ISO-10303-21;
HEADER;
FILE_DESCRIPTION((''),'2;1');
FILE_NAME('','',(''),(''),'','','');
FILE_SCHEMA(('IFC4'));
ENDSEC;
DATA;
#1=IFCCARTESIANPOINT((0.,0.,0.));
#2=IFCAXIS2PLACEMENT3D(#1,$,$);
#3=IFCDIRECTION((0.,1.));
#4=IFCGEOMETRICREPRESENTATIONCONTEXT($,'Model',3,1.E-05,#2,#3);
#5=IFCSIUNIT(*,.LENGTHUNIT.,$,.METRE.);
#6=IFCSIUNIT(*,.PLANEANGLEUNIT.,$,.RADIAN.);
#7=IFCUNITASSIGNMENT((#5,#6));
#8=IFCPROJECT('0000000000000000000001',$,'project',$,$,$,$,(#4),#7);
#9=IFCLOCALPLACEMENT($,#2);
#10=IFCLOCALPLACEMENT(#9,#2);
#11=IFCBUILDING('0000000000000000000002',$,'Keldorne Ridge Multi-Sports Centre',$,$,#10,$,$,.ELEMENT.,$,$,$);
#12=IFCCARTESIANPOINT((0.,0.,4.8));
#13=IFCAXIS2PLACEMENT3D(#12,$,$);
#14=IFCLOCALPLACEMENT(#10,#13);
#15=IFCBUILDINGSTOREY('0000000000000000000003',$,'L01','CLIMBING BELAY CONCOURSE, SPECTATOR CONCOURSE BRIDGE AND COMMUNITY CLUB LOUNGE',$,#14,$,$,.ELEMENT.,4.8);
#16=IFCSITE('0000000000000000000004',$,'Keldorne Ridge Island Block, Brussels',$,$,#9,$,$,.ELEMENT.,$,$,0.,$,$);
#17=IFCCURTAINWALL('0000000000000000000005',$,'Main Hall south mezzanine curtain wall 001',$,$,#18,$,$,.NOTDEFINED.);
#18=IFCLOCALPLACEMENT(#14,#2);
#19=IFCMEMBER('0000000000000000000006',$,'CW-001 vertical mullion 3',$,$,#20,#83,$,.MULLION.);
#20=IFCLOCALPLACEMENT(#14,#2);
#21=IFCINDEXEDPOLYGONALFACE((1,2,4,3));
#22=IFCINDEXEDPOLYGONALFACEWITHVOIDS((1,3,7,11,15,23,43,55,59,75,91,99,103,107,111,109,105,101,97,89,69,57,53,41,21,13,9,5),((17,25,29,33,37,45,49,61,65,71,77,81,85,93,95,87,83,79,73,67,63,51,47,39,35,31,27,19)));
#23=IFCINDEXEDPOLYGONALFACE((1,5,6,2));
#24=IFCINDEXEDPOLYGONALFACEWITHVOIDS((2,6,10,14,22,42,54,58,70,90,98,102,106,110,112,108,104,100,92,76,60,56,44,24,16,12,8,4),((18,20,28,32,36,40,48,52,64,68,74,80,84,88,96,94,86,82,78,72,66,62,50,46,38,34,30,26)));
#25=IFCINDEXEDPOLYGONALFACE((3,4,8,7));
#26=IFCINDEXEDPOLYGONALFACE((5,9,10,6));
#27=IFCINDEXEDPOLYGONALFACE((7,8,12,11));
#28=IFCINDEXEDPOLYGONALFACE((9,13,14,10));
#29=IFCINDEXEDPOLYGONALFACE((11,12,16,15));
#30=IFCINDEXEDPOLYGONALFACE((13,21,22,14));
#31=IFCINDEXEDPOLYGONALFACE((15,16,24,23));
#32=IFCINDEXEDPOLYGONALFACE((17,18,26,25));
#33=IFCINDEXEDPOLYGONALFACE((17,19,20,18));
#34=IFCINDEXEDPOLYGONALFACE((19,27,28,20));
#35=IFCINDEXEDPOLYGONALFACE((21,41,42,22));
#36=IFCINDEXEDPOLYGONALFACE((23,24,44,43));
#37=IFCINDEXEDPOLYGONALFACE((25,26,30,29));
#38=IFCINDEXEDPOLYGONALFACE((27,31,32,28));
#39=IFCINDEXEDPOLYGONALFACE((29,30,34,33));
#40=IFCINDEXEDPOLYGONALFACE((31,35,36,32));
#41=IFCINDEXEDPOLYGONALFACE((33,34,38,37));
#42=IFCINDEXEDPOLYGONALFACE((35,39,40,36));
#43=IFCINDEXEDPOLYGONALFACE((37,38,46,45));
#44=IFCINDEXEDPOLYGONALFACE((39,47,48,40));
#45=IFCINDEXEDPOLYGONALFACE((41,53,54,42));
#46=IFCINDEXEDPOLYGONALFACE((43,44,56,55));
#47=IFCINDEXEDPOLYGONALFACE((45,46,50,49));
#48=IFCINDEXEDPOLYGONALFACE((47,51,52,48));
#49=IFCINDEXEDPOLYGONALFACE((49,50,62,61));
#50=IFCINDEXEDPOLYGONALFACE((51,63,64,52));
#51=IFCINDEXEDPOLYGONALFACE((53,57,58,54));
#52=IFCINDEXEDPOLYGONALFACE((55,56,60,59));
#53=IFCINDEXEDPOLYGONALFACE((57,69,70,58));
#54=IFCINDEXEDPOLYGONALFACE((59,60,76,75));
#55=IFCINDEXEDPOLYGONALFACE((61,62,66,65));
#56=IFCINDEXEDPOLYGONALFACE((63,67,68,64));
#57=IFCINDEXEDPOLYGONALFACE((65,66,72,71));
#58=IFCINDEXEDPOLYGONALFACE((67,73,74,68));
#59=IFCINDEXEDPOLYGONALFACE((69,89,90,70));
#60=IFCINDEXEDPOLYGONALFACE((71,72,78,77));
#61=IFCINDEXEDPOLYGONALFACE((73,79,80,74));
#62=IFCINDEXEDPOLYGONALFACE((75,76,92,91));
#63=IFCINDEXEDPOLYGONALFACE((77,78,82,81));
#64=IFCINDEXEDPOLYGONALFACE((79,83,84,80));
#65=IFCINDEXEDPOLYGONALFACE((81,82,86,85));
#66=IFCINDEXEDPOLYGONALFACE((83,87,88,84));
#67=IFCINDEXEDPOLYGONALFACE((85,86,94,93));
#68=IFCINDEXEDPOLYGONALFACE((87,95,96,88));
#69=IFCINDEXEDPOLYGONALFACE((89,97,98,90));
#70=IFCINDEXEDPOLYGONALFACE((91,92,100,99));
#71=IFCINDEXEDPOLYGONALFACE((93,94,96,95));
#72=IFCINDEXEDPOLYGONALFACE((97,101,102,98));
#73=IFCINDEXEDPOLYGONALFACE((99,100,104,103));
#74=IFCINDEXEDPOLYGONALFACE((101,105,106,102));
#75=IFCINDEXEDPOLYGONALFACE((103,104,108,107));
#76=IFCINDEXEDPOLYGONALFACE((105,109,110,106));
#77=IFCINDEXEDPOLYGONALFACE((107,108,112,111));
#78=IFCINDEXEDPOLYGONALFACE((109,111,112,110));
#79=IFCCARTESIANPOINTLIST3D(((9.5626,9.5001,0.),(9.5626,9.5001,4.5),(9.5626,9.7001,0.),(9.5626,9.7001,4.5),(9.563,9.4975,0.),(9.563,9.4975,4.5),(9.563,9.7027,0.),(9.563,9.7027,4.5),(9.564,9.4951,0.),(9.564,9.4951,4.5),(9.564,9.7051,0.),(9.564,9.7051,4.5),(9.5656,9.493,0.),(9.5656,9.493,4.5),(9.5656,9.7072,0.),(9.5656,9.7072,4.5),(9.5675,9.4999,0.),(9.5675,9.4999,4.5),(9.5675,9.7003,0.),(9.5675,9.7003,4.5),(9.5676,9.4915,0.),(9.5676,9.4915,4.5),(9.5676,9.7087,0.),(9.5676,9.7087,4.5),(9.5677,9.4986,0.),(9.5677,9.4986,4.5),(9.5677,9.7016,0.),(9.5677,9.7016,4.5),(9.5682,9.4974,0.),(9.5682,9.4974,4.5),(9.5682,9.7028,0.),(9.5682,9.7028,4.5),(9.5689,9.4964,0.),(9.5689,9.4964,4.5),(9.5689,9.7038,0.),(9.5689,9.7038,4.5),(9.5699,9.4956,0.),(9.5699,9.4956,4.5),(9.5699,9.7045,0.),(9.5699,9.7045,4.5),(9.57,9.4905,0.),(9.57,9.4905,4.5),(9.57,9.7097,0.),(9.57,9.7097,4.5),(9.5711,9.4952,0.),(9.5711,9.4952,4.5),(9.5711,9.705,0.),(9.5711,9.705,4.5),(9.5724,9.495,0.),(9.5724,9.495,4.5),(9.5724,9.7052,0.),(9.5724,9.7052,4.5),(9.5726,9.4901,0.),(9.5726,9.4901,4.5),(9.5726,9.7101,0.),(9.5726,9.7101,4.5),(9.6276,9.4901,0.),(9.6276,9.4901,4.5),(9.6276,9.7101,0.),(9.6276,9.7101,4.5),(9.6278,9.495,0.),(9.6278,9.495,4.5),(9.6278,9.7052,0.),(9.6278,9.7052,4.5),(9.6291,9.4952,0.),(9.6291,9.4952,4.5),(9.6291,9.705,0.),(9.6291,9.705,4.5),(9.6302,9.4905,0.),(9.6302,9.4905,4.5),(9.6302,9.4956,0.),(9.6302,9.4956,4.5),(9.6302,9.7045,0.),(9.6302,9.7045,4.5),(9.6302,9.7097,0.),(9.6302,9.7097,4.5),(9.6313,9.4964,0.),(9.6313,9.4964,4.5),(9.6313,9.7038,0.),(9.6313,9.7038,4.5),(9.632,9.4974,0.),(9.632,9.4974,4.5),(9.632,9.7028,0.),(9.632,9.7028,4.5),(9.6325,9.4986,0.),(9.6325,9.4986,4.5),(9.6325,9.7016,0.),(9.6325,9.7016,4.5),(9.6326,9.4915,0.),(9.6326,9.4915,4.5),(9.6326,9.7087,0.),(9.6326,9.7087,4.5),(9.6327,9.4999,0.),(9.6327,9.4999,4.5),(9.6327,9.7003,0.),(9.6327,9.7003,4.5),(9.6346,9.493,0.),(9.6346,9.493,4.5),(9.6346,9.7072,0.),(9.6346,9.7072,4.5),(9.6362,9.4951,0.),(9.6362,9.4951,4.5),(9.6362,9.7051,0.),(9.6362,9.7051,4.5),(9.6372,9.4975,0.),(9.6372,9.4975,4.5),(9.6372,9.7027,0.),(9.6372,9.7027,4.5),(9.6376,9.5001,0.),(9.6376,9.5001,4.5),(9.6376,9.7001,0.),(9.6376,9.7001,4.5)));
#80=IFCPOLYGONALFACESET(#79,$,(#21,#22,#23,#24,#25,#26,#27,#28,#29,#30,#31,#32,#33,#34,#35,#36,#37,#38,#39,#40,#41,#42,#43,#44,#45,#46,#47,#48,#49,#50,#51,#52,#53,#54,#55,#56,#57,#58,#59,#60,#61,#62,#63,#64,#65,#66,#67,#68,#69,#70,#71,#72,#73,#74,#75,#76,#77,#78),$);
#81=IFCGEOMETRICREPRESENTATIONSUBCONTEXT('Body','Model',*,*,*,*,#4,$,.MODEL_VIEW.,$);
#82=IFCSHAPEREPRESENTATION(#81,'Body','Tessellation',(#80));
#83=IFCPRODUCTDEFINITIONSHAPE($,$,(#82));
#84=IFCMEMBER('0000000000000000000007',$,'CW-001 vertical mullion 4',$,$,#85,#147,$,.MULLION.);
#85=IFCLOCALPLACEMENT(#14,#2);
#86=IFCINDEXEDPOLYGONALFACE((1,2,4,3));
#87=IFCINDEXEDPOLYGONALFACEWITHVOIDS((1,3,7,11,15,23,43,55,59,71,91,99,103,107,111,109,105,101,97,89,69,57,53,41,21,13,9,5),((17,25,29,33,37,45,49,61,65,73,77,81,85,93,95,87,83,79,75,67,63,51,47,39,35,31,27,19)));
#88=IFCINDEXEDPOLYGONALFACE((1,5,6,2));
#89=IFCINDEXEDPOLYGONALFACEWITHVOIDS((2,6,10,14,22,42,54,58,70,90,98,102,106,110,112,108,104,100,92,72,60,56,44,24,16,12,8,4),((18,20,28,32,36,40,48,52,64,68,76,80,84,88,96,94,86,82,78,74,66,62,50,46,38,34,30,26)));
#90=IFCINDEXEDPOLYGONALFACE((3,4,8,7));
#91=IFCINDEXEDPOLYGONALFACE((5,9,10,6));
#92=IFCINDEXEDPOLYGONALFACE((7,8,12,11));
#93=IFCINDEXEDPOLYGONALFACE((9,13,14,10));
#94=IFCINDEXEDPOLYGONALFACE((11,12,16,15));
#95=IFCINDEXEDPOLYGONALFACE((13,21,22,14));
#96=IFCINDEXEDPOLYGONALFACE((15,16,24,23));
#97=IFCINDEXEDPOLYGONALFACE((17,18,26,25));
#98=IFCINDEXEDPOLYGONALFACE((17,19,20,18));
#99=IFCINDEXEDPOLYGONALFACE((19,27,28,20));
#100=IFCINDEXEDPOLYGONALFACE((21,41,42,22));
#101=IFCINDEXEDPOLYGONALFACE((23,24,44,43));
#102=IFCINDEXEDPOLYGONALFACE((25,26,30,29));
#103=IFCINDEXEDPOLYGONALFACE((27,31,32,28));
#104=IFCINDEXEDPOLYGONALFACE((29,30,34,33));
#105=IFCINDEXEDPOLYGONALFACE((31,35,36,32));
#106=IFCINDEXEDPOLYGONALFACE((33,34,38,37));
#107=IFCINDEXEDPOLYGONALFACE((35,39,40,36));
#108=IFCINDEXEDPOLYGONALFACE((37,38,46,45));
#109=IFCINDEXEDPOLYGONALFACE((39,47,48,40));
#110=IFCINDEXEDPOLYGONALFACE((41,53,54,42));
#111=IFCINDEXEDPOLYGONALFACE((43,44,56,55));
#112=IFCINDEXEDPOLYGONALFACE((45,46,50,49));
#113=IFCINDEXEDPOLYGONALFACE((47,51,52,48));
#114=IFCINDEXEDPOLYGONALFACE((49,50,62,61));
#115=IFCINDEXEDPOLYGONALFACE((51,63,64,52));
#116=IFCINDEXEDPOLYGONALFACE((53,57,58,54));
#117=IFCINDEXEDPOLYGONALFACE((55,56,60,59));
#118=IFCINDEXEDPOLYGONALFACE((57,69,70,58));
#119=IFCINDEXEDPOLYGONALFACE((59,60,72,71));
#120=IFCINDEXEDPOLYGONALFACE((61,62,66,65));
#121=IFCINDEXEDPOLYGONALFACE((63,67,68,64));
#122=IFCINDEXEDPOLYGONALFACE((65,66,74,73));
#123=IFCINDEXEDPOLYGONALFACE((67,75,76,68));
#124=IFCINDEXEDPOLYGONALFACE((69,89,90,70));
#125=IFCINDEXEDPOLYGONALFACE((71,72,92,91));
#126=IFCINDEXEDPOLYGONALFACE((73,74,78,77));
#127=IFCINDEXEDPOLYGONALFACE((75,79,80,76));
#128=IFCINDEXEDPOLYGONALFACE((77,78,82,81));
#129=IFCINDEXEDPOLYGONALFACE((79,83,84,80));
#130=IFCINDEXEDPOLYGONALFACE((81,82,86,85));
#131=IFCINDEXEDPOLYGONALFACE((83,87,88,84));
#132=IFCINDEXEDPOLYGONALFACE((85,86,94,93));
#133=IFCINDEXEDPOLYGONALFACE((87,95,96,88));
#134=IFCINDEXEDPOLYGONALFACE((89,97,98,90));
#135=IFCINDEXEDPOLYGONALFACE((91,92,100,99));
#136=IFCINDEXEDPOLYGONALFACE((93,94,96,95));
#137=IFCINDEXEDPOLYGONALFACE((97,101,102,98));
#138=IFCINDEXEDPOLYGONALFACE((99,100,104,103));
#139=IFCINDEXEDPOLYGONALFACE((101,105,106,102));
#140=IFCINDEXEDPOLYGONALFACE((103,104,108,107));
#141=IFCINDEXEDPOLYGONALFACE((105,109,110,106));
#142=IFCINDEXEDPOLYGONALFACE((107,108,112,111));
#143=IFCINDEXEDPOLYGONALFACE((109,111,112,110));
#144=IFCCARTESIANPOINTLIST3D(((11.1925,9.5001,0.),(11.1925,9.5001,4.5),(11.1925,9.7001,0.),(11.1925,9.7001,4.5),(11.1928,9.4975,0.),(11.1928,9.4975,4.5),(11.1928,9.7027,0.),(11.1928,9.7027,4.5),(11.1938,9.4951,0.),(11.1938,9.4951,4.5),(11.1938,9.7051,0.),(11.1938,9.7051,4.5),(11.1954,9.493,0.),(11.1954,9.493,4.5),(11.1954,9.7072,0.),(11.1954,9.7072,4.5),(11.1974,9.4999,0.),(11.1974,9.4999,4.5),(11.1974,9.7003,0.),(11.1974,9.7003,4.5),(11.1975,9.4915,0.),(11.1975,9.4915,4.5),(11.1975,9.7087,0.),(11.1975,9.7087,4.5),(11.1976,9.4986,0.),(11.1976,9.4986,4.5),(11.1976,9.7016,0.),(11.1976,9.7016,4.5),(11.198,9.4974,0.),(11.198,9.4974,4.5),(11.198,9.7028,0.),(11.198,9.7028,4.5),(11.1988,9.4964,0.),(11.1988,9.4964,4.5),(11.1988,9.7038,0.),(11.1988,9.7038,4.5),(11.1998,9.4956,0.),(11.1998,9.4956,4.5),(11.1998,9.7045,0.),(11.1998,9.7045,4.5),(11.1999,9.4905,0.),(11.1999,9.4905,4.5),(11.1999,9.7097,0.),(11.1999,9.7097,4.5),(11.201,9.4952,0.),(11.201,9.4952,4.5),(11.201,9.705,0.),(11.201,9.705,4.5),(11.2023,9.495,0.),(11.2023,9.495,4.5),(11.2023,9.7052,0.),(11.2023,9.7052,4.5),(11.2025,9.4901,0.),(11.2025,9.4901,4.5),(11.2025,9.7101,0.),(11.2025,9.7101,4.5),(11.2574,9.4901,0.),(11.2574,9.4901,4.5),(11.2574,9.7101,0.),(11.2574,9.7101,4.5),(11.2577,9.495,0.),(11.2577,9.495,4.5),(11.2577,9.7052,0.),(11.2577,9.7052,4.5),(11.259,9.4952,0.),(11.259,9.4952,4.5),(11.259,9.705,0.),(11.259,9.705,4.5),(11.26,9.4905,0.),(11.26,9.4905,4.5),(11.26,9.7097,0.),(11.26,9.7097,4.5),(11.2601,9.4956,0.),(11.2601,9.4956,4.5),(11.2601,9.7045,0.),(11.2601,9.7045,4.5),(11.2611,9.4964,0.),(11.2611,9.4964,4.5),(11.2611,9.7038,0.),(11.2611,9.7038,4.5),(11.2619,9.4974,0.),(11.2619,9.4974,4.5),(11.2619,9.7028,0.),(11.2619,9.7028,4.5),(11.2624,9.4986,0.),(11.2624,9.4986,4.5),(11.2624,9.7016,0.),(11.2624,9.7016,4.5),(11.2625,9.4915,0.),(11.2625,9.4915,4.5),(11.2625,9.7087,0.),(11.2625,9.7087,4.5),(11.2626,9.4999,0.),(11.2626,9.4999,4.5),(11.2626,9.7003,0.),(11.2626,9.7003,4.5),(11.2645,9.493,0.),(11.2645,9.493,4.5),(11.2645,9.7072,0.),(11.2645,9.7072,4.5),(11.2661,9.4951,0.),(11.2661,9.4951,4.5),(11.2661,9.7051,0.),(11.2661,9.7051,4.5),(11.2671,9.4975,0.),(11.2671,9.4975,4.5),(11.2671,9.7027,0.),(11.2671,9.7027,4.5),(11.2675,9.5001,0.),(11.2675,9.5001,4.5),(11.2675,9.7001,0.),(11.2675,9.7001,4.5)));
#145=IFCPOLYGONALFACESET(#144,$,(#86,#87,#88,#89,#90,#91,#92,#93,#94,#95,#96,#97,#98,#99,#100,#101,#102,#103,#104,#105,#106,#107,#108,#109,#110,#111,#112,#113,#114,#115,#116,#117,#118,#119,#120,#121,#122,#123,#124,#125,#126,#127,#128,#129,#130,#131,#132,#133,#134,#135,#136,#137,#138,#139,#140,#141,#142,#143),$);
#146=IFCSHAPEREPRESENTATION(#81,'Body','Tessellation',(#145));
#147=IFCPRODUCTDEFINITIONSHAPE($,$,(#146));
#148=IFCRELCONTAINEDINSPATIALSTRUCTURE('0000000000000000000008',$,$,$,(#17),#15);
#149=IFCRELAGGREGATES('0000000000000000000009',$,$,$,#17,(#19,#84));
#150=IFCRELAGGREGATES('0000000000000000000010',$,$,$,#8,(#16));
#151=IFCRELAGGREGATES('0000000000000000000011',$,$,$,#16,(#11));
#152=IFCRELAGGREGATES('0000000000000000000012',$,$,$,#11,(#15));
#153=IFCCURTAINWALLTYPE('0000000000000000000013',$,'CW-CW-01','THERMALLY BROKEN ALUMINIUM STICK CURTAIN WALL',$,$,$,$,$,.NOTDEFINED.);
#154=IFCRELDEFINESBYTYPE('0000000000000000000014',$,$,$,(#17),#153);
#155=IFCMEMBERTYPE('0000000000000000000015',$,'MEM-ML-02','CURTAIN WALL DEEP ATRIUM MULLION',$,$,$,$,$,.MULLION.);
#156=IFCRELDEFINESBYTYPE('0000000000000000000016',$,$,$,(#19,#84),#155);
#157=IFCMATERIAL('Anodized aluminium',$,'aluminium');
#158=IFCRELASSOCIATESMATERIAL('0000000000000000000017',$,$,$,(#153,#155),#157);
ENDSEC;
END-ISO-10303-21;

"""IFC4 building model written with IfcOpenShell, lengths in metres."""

from ifc_helpers import new_model, si_unit, direction, frame, origin, origin_2d, place, context, subcontext, project, spatial, hollow_rectangle, extrude, material, material_profile, profile_set, type_object, element, aggregate, save


model = new_model("IFC4")

# Units and contexts
model_context = context("Model", 3, precision=1e-05, world=origin(), true_north=direction((0.0, 1.0)))
body_context = subcontext(model_context, "Body", "Model", "MODEL_VIEW")
ifc_project = project(units=[si_unit("LENGTHUNIT", "METRE"), si_unit("PLANEANGLEUNIT", "RADIAN")], contexts=[model_context])

# Site, building, storey
site_placement = place(None, origin())
site = spatial("IfcSite", under=ifc_project, at=site_placement, Name="Keldorne Ridge Island Block, Brussels", CompositionType="ELEMENT", RefElevation=0.0)
building_placement = place(site_placement, origin())
building = spatial("IfcBuilding", under=site, at=building_placement, Name="Keldorne Ridge Multi-Sports Centre", CompositionType="ELEMENT")
storey_placement = place(building_placement, frame((0.0, 0.0, 4.8)))
storey = spatial("IfcBuildingStorey", under=building, at=storey_placement, Name="L01", Description="CLIMBING BELAY CONCOURSE, SPECTATOR CONCOURSE BRIDGE AND COMMUNITY CLUB LOUNGE", CompositionType="ELEMENT", Elevation=4.8)

# Curtain wall, members
ifc_material_1 = material(Name="Anodized aluminium", Category="aluminium")
curtain_wall_type = type_object("IfcCurtainWallType", Name="CW-CW-01", Description="THERMALLY BROKEN ALUMINIUM STICK CURTAIN WALL", PredefinedType="NOTDEFINED", material=ifc_material_1)
curtain_wall_placement = place(storey_placement, origin())
curtain_wall = element("IfcCurtainWall", 1, at=curtain_wall_placement, inside=storey, type_object=curtain_wall_type, Name="Main Hall south mezzanine curtain wall 001", PredefinedType="NOTDEFINED")
ifc_material_profile_1 = material_profile(ifc_material_1, hollow_rectangle(XDim=0.075, YDim=0.22, WallThickness=0.0049, InnerFilletRadius=0.0049, OuterFilletRadius=0.01, at=origin_2d()), Name="ALU MULLION 220x75x5")
ifc_profile_set_1 = profile_set([ifc_material_profile_1], Name="Anodized aluminium")
member_type_1 = type_object("IfcMemberType", Name="MEM-ML-02", Description="CURTAIN WALL DEEP ATRIUM MULLION", PredefinedType="MULLION", material=ifc_profile_set_1)
member_1_placement = place(storey_placement, frame((9.6001, 9.6001, 0.0), z_axis=(0.0, 0.0, 1.0), x_axis=(1.0, 0.0, 0.0)))
member_1 = element("IfcMember", 2, at=member_1_placement, type_object=member_type_1, Name="CW-001 vertical mullion 3", PredefinedType="MULLION", context=body_context, shape_type="SweptSolid", body=[
    extrude(hollow_rectangle(XDim=0.075, YDim=0.22, WallThickness=0.0049, InnerFilletRadius=0.0049, OuterFilletRadius=0.01, at=origin_2d()), origin(), (0.0, 0.0, 1.0), 4.5),
])
member_2_placement = place(storey_placement, frame((11.23, 9.6001, 0.0), z_axis=(0.0, 0.0, 1.0), x_axis=(1.0, 0.0, 0.0)))
member_2 = element("IfcMember", 3, at=member_2_placement, type_object=member_type_1, Name="CW-001 vertical mullion 4", PredefinedType="MULLION", context=body_context, shape_type="SweptSolid", body=[
    extrude(hollow_rectangle(XDim=0.075, YDim=0.22, WallThickness=0.0049, InnerFilletRadius=0.0049, OuterFilletRadius=0.01, at=origin_2d()), origin(), (0.0, 0.0, 1.0), 4.5),
])
aggregate(curtain_wall, [member_1, member_2])

save(model, "model.ifc")
